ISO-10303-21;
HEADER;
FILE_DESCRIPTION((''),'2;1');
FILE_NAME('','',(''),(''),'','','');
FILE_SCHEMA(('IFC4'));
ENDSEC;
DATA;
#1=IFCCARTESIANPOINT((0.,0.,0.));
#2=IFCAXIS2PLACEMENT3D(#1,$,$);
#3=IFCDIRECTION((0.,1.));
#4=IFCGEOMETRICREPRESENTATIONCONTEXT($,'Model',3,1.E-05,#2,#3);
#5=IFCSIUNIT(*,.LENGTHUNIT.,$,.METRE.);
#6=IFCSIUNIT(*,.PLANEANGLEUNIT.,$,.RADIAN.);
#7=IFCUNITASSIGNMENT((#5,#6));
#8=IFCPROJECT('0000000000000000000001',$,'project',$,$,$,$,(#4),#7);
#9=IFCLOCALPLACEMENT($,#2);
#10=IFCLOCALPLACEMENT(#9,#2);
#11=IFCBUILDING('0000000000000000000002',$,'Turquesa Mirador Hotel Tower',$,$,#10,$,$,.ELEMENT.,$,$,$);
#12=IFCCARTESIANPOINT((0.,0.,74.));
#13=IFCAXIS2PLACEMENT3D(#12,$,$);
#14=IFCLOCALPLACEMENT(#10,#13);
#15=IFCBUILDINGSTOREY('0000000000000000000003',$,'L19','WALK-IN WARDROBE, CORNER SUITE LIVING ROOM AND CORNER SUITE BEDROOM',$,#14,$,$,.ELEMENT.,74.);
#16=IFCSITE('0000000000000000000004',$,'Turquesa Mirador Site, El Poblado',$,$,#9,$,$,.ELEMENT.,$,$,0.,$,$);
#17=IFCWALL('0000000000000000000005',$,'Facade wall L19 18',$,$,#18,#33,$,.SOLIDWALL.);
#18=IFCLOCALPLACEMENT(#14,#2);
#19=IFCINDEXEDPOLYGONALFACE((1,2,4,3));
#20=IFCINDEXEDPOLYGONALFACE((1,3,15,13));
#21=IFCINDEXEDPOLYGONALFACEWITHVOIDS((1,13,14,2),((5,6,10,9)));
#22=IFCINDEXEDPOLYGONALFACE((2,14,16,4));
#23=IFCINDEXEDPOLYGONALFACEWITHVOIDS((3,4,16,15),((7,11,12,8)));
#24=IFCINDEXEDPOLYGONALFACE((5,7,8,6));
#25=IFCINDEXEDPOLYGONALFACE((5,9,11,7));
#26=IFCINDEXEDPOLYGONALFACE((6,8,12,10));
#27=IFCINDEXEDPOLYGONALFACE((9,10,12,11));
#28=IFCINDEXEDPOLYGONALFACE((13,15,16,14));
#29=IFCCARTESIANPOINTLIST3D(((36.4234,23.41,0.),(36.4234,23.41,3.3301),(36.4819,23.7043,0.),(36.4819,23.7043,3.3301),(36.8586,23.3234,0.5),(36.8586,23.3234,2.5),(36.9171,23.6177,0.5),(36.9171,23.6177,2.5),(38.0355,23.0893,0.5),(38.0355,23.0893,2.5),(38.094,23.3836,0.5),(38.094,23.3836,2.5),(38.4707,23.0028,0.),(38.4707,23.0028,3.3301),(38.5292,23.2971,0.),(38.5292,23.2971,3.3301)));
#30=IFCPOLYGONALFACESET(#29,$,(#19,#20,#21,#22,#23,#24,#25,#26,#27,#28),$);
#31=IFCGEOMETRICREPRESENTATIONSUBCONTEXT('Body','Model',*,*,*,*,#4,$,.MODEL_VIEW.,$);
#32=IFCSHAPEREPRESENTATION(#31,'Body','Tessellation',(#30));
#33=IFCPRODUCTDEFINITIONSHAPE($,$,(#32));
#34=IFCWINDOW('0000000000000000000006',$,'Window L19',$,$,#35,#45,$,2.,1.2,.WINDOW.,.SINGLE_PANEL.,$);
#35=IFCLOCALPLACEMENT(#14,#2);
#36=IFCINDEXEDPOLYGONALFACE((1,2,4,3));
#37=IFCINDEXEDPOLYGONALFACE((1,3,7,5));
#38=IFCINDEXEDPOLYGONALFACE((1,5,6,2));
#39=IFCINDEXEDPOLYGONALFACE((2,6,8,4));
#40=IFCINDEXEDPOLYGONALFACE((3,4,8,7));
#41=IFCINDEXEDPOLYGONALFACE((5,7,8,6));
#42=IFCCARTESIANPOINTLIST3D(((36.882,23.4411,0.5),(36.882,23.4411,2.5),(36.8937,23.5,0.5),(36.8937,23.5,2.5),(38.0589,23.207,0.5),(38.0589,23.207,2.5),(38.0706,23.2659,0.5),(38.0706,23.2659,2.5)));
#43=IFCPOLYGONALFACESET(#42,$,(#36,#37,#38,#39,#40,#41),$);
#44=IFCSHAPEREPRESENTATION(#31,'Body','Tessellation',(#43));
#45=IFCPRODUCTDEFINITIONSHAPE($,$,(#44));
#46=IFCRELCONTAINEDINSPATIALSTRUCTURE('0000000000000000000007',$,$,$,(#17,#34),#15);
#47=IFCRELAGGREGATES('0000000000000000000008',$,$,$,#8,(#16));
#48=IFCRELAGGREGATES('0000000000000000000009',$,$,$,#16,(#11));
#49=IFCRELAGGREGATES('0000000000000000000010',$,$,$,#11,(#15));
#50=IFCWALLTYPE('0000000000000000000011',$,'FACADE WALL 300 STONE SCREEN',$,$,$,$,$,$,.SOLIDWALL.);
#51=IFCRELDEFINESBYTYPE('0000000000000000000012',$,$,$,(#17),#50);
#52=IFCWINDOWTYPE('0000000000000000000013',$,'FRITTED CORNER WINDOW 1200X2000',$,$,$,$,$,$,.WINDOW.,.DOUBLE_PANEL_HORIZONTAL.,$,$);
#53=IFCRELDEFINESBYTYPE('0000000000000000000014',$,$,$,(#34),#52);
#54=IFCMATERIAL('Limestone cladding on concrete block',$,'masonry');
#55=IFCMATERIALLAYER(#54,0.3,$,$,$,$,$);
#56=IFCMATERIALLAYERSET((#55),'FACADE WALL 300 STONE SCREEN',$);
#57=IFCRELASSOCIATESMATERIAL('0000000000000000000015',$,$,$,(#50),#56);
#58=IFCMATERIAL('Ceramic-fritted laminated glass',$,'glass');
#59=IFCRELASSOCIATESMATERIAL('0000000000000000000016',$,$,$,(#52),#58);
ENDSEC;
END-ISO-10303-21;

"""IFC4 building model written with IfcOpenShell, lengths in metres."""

from ifc_helpers import new_model, si_unit, direction, frame, frame_2d, origin, place, context, subcontext, project, spatial, rectangle, extrude, material, layer, layer_set, type_object, element, fill, save


model = new_model("IFC4")

# Units and contexts
model_context = context("Model", 3, precision=1e-05, world=origin(), true_north=direction((0.0, 1.0)))
body_context = subcontext(model_context, "Body", "Model", "MODEL_VIEW")
ifc_project = project(units=[si_unit("LENGTHUNIT", "METRE"), si_unit("PLANEANGLEUNIT", "RADIAN")], contexts=[model_context])

# Site, building, storey
site_placement = place(None, origin())
site = spatial("IfcSite", under=ifc_project, at=site_placement, Name="Turquesa Mirador Site, El Poblado", CompositionType="ELEMENT", RefElevation=0.0)
building_placement = place(site_placement, origin())
building = spatial("IfcBuilding", under=site, at=building_placement, Name="Turquesa Mirador Hotel Tower", CompositionType="ELEMENT")
storey_placement = place(building_placement, frame((0.0, 0.0, 74.0)))
storey = spatial("IfcBuildingStorey", under=building, at=storey_placement, Name="L19", Description="WALK-IN WARDROBE, CORNER SUITE LIVING ROOM AND CORNER SUITE BEDROOM", CompositionType="ELEMENT", Elevation=74.0)

# Wall, opening, window
ifc_material_1 = material(Name="Limestone cladding on concrete block", Category="masonry")
ifc_layer_1 = layer(ifc_material_1, 0.3)
ifc_layer_set_1 = layer_set([ifc_layer_1], Name="FACADE WALL 300 STONE SCREEN")
wall_type_1 = type_object("IfcWallType", Name="FACADE WALL 300 STONE SCREEN", PredefinedType="SOLIDWALL", material=ifc_layer_set_1)
ifc_material_2 = material(Name="Ceramic-fritted laminated glass", Category="glass")
window_type_1 = type_object("IfcWindowType", Name="FRITTED CORNER WINDOW 1200X2000", PartitioningType="DOUBLE_PANEL_HORIZONTAL", PredefinedType="WINDOW", material=ifc_material_2)
wall_1_placement = place(storey_placement, frame((36.4526, 23.5571, 0.0), z_axis=(0.0, 0.0, 1.0), x_axis=(0.980787, -0.195081, 0.0)))
wall_1 = element("IfcWall", 1, at=wall_1_placement, inside=storey, type_object=wall_type_1, Name="Facade wall L19 18", PredefinedType="SOLIDWALL", context=body_context, shape_type="SweptSolid", body=[
    extrude(rectangle(XDim=2.0874, YDim=0.3, at=frame_2d((1.0437, 0.0))), origin(), (0.0, 0.0, 1.0), 3.3301),
])
opening_1_placement = place(wall_1_placement, frame((0.4436, 0.0, 0.5)))
opening_1 = element("IfcOpeningElement", 2, at=opening_1_placement, cuts=wall_1, PredefinedType="OPENING", context=body_context, shape_type="SweptSolid", body=[
    extrude(rectangle(XDim=1.2, YDim=2.0, at=frame_2d((0.6001, 1.0))), frame((0.0, 0.1599, 0.0), z_axis=(0.0, -1.0, 0.0), x_axis=(1.0, 0.0, 0.0)), (0.0, 0.0, 1.0), 0.3201),
])
window_1_placement = place(opening_1_placement, origin())
window_1 = element("IfcWindow", 3, at=window_1_placement, inside=storey, type_object=window_type_1, Name="Window L19", OverallHeight=2.0, OverallWidth=1.2, PartitioningType="SINGLE_PANEL", PredefinedType="WINDOW", context=body_context, shape_type="SweptSolid", body=[
    extrude(rectangle(XDim=1.2, YDim=2.0, at=frame_2d((0.6001, 1.0))), frame((0.0, 0.03, 0.0), z_axis=(0.0, -1.0, 0.0), x_axis=(1.0, 0.0, 0.0)), (0.0, 0.0, 1.0), 0.0601),
])
fill(opening_1, window_1)

save(model, "model.ifc")
